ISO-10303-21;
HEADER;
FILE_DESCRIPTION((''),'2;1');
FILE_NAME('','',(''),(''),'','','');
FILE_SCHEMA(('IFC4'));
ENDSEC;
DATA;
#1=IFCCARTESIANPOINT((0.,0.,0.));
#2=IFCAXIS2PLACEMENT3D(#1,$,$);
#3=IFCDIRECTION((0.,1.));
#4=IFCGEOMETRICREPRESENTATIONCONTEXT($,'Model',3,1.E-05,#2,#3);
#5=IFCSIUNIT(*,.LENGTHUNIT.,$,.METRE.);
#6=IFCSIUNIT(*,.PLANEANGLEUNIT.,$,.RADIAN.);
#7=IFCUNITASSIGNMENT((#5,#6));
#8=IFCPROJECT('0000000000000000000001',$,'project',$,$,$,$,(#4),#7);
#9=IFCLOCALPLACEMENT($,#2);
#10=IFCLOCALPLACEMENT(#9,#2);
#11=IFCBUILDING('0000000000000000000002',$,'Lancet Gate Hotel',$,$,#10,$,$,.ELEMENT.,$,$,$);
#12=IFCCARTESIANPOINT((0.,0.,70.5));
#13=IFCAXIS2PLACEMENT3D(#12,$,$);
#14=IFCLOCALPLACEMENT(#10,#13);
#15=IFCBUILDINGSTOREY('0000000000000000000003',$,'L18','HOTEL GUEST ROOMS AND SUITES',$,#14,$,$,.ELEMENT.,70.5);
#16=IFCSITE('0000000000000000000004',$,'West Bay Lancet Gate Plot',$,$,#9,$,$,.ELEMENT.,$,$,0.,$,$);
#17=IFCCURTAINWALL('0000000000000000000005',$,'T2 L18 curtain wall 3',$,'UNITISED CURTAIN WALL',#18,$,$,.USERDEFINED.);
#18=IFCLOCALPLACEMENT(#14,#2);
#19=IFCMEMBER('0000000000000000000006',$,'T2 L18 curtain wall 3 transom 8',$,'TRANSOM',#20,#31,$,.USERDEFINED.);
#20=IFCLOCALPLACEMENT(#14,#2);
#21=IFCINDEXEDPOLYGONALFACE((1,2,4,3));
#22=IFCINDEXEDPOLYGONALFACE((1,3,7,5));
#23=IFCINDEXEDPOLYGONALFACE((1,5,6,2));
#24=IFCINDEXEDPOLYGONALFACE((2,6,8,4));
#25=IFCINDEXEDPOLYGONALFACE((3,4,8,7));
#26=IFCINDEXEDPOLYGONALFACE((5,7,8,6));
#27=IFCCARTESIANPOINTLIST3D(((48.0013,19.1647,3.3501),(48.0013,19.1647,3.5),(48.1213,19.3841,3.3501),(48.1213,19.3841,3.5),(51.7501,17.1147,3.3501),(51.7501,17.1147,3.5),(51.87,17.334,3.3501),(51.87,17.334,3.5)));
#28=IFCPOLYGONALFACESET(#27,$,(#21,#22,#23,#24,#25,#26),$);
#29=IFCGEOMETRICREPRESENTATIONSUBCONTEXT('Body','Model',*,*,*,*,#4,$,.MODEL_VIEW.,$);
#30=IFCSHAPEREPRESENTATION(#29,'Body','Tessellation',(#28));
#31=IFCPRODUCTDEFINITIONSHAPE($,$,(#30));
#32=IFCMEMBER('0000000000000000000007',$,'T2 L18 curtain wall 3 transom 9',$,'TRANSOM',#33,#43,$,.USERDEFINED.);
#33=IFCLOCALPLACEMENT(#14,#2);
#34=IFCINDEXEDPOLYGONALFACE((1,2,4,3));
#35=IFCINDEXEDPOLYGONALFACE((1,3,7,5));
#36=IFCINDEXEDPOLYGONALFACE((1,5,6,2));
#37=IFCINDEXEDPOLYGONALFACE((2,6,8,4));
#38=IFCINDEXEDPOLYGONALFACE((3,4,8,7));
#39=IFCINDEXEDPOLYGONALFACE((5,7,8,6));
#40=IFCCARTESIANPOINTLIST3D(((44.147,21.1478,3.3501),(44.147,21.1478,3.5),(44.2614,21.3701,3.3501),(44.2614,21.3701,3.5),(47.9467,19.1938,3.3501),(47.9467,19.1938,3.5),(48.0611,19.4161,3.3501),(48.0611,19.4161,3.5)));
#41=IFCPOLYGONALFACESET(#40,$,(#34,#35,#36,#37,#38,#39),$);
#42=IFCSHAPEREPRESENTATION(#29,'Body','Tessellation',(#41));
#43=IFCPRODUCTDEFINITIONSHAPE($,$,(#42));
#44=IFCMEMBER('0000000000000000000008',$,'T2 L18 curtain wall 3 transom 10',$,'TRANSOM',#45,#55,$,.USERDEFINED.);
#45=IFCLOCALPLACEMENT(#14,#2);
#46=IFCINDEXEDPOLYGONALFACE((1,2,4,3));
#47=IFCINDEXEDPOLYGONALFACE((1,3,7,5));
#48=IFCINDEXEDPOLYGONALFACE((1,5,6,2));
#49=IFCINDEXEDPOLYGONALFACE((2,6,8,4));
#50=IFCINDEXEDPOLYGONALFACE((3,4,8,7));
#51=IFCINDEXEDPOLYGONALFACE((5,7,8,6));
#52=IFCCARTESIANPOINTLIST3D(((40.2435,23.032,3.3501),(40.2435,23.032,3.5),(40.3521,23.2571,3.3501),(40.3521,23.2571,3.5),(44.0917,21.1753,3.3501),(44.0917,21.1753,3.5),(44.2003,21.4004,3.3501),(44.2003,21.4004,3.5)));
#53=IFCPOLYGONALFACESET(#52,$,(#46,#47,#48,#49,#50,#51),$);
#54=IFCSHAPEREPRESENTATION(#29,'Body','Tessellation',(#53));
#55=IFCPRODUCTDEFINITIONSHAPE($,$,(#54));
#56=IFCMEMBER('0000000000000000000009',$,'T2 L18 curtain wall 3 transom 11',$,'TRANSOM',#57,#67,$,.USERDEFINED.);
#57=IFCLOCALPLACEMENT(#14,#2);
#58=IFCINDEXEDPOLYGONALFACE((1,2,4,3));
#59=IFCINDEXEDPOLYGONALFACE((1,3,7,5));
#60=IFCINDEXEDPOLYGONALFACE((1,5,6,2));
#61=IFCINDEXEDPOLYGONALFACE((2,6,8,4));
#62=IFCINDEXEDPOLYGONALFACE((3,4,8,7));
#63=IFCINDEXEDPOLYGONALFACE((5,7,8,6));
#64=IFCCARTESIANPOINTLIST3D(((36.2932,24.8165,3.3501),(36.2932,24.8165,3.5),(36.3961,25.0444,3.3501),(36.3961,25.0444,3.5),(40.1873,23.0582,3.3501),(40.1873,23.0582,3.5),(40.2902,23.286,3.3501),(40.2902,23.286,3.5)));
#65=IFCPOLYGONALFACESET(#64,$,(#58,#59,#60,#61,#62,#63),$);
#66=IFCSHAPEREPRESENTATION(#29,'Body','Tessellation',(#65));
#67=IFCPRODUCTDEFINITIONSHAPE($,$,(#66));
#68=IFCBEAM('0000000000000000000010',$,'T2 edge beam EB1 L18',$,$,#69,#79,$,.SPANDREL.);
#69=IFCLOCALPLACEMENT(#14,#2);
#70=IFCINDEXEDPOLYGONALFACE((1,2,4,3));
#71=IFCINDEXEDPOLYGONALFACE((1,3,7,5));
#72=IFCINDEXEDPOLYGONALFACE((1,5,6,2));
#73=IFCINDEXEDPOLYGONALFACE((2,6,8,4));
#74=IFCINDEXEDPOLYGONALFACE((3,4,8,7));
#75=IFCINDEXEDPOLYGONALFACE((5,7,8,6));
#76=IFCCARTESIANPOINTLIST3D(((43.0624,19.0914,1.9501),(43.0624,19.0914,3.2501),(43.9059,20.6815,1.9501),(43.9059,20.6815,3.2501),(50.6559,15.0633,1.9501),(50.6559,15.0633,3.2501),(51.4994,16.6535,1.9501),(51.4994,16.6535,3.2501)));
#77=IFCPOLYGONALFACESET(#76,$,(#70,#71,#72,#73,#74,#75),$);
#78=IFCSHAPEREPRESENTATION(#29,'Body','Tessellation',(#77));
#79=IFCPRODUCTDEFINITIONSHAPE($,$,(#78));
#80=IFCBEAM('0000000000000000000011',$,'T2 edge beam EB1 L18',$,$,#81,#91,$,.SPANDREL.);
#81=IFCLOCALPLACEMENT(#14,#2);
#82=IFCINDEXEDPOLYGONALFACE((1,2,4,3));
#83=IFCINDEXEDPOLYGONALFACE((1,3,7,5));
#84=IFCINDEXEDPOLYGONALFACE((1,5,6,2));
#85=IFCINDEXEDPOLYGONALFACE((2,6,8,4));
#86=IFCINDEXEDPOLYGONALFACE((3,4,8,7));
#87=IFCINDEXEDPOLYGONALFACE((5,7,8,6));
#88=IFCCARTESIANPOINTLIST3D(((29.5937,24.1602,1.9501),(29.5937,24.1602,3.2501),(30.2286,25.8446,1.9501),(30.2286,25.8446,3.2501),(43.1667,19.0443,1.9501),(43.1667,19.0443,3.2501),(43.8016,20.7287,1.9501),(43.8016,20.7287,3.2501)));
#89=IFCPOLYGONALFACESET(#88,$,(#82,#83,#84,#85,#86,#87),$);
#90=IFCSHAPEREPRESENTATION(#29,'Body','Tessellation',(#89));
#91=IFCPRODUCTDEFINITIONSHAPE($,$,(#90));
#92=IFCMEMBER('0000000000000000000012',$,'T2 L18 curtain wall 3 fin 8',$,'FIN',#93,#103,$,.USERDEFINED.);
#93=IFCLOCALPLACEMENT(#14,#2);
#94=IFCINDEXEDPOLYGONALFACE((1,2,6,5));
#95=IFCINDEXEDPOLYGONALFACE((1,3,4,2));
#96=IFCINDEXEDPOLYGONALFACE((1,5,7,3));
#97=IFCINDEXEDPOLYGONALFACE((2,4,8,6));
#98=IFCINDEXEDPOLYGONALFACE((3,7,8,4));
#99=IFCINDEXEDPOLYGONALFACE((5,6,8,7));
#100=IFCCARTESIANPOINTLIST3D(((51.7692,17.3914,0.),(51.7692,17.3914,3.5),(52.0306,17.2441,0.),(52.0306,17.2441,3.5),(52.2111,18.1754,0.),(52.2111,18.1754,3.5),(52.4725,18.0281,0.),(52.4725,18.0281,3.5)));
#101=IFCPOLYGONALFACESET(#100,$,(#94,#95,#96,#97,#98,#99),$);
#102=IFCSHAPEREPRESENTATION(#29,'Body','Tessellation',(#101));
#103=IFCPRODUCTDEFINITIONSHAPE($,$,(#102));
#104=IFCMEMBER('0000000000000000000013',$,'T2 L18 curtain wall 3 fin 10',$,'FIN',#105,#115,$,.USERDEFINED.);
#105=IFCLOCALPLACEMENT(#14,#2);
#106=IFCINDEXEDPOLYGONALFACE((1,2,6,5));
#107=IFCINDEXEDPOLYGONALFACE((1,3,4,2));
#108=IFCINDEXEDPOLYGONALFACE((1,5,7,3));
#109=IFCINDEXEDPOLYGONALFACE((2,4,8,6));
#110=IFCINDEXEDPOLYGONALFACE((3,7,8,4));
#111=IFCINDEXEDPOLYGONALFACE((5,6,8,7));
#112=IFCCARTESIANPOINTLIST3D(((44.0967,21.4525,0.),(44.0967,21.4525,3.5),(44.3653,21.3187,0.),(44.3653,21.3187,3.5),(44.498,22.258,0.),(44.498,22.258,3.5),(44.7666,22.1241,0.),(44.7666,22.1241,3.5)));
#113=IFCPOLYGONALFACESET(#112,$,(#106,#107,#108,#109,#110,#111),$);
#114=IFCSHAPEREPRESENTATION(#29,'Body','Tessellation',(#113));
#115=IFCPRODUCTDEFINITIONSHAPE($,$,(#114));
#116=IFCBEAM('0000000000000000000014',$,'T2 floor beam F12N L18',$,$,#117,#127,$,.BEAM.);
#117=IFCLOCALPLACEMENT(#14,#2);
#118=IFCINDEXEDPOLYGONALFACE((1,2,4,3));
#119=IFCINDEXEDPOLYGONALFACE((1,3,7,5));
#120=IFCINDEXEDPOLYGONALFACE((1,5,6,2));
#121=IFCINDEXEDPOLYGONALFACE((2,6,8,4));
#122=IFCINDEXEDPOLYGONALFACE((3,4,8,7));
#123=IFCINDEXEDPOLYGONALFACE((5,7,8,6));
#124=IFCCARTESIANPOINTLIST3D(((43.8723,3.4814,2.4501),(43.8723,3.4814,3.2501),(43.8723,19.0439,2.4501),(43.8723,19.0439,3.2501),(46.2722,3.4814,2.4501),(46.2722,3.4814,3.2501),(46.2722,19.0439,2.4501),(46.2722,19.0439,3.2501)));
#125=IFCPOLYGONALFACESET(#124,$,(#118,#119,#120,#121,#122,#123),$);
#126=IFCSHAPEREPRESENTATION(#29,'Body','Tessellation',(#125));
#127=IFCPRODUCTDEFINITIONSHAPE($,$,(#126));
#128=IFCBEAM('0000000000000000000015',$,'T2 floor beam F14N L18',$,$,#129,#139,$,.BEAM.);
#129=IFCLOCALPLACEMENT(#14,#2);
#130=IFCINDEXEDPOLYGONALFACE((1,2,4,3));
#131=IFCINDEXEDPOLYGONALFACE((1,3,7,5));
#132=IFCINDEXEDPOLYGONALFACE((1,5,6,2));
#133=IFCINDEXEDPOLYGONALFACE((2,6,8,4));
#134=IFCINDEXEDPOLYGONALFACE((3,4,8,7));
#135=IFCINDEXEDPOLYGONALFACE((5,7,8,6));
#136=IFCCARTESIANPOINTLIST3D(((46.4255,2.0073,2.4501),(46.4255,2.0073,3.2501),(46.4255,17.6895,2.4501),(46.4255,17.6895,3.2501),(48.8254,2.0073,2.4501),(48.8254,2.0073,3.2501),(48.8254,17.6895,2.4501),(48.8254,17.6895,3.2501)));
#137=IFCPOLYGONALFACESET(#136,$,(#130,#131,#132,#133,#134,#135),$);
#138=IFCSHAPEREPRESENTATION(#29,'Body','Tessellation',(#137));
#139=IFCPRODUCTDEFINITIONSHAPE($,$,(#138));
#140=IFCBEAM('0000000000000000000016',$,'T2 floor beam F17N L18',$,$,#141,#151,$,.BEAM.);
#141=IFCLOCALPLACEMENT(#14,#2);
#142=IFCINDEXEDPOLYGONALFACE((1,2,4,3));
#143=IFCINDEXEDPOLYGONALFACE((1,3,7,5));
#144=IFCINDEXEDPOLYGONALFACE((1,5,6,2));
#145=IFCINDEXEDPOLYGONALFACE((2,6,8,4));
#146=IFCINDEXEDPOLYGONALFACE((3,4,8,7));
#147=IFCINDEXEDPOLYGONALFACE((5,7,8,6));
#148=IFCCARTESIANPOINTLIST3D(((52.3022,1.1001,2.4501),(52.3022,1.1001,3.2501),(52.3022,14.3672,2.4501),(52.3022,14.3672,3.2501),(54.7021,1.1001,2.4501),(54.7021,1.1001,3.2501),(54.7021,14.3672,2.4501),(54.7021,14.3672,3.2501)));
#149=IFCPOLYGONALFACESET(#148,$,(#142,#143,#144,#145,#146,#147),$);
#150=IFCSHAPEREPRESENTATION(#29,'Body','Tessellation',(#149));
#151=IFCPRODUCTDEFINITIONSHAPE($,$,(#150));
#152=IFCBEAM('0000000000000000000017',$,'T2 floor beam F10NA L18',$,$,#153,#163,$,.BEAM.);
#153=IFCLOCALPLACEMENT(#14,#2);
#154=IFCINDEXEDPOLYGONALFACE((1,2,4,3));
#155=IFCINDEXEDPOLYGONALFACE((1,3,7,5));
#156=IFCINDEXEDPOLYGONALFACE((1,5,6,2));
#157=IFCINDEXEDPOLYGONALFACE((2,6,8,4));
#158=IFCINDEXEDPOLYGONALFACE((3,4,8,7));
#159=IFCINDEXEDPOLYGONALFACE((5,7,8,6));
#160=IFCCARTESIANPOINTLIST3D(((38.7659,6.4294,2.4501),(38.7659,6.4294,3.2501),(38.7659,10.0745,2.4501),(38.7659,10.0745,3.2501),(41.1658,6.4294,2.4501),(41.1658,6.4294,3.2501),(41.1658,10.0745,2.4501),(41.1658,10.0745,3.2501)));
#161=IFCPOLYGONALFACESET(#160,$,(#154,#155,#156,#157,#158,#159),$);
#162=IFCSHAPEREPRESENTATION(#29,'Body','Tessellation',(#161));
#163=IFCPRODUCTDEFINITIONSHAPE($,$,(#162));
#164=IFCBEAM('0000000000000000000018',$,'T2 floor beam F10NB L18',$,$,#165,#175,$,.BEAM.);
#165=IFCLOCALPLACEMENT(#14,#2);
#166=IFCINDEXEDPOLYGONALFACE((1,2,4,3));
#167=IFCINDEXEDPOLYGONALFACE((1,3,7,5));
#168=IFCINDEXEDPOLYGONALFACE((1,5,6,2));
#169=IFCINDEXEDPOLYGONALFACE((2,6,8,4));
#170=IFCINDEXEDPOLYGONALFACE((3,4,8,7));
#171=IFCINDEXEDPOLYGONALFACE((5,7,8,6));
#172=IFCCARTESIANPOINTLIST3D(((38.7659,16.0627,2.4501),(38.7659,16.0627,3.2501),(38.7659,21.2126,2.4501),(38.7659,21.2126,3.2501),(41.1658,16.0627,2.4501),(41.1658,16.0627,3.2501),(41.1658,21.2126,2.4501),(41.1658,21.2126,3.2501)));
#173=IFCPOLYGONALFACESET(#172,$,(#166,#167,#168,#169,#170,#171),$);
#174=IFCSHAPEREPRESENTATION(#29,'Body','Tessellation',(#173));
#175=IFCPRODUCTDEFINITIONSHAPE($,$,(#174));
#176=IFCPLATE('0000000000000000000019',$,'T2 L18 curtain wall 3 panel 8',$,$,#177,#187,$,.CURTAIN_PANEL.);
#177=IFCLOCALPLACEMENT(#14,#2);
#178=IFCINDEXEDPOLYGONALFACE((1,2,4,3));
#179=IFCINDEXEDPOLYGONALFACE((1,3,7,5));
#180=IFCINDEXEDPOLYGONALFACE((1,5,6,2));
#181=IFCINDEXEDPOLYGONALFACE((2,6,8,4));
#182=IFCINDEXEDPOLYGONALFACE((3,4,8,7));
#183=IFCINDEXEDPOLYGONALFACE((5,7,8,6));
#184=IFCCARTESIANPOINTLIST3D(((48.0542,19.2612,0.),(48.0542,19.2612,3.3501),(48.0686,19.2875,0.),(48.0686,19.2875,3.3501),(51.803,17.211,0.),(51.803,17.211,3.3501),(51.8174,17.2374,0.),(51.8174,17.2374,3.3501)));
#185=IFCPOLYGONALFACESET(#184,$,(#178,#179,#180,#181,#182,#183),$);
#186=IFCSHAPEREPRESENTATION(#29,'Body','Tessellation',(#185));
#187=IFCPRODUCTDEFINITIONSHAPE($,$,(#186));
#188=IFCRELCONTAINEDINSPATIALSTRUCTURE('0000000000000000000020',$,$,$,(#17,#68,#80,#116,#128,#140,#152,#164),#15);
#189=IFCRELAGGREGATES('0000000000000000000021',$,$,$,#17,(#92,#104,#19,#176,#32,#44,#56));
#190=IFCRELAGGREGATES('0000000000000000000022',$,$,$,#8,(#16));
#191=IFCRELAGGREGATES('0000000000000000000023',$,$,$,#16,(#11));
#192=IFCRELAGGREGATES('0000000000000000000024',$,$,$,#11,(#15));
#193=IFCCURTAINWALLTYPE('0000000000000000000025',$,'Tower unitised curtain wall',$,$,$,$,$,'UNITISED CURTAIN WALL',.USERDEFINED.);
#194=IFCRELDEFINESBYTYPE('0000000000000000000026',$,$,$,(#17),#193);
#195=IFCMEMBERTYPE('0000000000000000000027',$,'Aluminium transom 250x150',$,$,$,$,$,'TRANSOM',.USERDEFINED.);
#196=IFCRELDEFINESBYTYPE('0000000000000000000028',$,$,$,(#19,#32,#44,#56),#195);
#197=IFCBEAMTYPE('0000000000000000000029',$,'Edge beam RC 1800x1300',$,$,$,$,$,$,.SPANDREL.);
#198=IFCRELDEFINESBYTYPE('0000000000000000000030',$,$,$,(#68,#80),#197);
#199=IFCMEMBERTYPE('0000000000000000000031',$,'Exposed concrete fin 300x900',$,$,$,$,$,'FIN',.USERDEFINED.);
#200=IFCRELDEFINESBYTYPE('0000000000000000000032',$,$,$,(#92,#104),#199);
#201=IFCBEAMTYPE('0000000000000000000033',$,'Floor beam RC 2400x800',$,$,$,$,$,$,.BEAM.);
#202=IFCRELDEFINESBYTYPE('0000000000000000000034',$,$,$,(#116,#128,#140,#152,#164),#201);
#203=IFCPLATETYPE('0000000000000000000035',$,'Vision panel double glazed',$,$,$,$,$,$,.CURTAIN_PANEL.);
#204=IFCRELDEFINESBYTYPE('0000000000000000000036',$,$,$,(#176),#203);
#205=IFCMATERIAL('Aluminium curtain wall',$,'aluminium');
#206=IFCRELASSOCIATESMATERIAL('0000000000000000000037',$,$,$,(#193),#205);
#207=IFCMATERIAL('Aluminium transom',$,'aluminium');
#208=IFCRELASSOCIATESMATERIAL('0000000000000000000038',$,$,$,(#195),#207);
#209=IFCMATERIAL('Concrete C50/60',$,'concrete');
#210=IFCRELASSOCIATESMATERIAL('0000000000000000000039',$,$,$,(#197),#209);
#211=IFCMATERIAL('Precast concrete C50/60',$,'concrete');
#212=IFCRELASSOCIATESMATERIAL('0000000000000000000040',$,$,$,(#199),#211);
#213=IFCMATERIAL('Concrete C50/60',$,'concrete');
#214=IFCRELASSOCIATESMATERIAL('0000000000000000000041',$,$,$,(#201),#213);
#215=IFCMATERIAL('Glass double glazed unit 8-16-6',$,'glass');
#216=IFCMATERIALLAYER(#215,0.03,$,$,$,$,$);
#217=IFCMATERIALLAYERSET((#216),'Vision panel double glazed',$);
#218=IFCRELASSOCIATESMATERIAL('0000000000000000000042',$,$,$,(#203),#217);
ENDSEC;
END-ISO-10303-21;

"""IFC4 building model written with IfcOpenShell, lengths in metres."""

from ifc_helpers import new_model, si_unit, direction, frame, origin, origin_2d, place, context, subcontext, project, spatial, rectangle, extrude, material, layer, layer_set, material_profile, profile_set, type_object, element, aggregate, save


model = new_model("IFC4")

# Units and contexts
model_context = context("Model", 3, precision=1e-05, world=origin(), true_north=direction((0.0, 1.0)))
body_context = subcontext(model_context, "Body", "Model", "MODEL_VIEW")
ifc_project = project(units=[si_unit("LENGTHUNIT", "METRE"), si_unit("PLANEANGLEUNIT", "RADIAN")], contexts=[model_context])

# Site, building, storey
site_placement = place(None, origin())
site = spatial("IfcSite", under=ifc_project, at=site_placement, Name="West Bay Lancet Gate Plot", CompositionType="ELEMENT", RefElevation=0.0)
building_placement = place(site_placement, origin())
building = spatial("IfcBuilding", under=site, at=building_placement, Name="Lancet Gate Hotel", CompositionType="ELEMENT")
storey_placement = place(building_placement, frame((0.0, 0.0, 70.5)))
storey = spatial("IfcBuildingStorey", under=building, at=storey_placement, Name="L18", Description="HOTEL GUEST ROOMS AND SUITES", CompositionType="ELEMENT", Elevation=70.5)

# Curtain wall, members
ifc_material_1 = material(Name="Aluminium curtain wall", Category="aluminium")
curtain_wall_type = type_object("IfcCurtainWallType", Name="Tower unitised curtain wall", ElementType="UNITISED CURTAIN WALL", PredefinedType="USERDEFINED", material=ifc_material_1)
curtain_wall_placement = place(storey_placement, origin())
curtain_wall = element("IfcCurtainWall", 1, at=curtain_wall_placement, inside=storey, type_object=curtain_wall_type, Name="T2 L18 curtain wall 3", ObjectType="UNITISED CURTAIN WALL", PredefinedType="USERDEFINED")
ifc_material_2 = material(Name="Aluminium transom", Category="aluminium")
ifc_material_profile_1 = material_profile(ifc_material_2, rectangle(XDim=0.25, YDim=0.1499, at=origin_2d()), Name="TRANSOM 250x150")
ifc_profile_set_1 = profile_set([ifc_material_profile_1], Name="Aluminium transom")
member_type_1 = type_object("IfcMemberType", Name="Aluminium transom 250x150", ElementType="TRANSOM", PredefinedType="USERDEFINED", material=ifc_profile_set_1)
member_1_placement = place(storey_placement, frame((51.8101, 17.2244, 3.425), z_axis=(-0.877378, 0.479801, 0.0), x_axis=(-0.479801, -0.877378, 0.0)))
member_1 = element("IfcMember", 2, at=member_1_placement, type_object=member_type_1, Name="T2 L18 curtain wall 3 transom 8", ObjectType="TRANSOM", PredefinedType="USERDEFINED", context=body_context, shape_type="SweptSolid", body=[
    extrude(rectangle(XDim=0.25, YDim=0.1499, at=origin_2d()), origin(), (0.0, 0.0, 1.0), 4.2727),
])
member_2_placement = place(storey_placement, frame((48.0039, 19.3049, 3.425), z_axis=(-0.889296, 0.457333, 0.0), x_axis=(-0.457333, -0.889296, 0.0)))
member_2 = element("IfcMember", 3, at=member_2_placement, type_object=member_type_1, Name="T2 L18 curtain wall 3 transom 9", ObjectType="TRANSOM", PredefinedType="USERDEFINED", context=body_context, shape_type="SweptSolid", body=[
    extrude(rectangle(XDim=0.25, YDim=0.1499, at=origin_2d()), origin(), (0.0, 0.0, 1.0), 4.2727),
])
member_3_placement = place(storey_placement, frame((44.146, 21.2878, 3.425), z_axis=(-0.900646, 0.434553, 0.0), x_axis=(-0.434553, -0.900646, 0.0)))
member_3 = element("IfcMember", 4, at=member_3_placement, type_object=member_type_1, Name="T2 L18 curtain wall 3 transom 10", ObjectType="TRANSOM", PredefinedType="USERDEFINED", context=body_context, shape_type="SweptSolid", body=[
    extrude(rectangle(XDim=0.25, YDim=0.1499, at=origin_2d()), origin(), (0.0, 0.0, 1.0), 4.2727),
])
member_4_placement = place(storey_placement, frame((40.2388, 23.1721, 3.425), z_axis=(-0.911397, 0.411529, 0.0), x_axis=(-0.411529, -0.911397, 0.0)))
member_4 = element("IfcMember", 5, at=member_4_placement, type_object=member_type_1, Name="T2 L18 curtain wall 3 transom 11", ObjectType="TRANSOM", PredefinedType="USERDEFINED", context=body_context, shape_type="SweptSolid", body=[
    extrude(rectangle(XDim=0.25, YDim=0.1499, at=origin_2d()), origin(), (0.0, 0.0, 1.0), 4.2727),
])

# Beams
ifc_material_3 = material(Name="Concrete C50/60", Category="concrete")
ifc_material_profile_2 = material_profile(ifc_material_3, rectangle(XDim=1.8, YDim=1.3, at=origin_2d()), Name="RC 1800x1300")
ifc_profile_set_2 = profile_set([ifc_material_profile_2], Name="Concrete C50/60")
beam_type_1 = type_object("IfcBeamType", Name="Edge beam RC 1800x1300", PredefinedType="SPANDREL", material=ifc_profile_set_2)
beam_1_placement = place(storey_placement, frame((51.0776, 15.8584, 2.6001), z_axis=(-0.883403, 0.468613, 0.0), x_axis=(-0.468613, -0.883403, 0.0)))
element("IfcBeam", 6, at=beam_1_placement, inside=storey, type_object=beam_type_1, Name="T2 edge beam EB1 L18", PredefinedType="SPANDREL", context=body_context, shape_type="SweptSolid", body=[
    extrude(rectangle(XDim=1.8, YDim=1.3, at=origin_2d()), origin(), (0.0, 0.0, 1.0), 8.5957),
])
beam_2_placement = place(storey_placement, frame((43.4841, 19.8865, 2.6001), z_axis=(-0.935736, 0.3527, 0.0), x_axis=(-0.3527, -0.935736, 0.0)))
element("IfcBeam", 7, at=beam_2_placement, inside=storey, type_object=beam_type_1, Name="T2 edge beam EB1 L18", PredefinedType="SPANDREL", context=body_context, shape_type="SweptSolid", body=[
    extrude(rectangle(XDim=1.8, YDim=1.3, at=origin_2d()), origin(), (0.0, 0.0, 1.0), 14.5051),
])

# Members
ifc_material_4 = material(Name="Precast concrete C50/60", Category="concrete")
ifc_material_profile_3 = material_profile(ifc_material_4, rectangle(XDim=0.3, YDim=0.8999, at=origin_2d()), Name="FIN 300x900")
ifc_profile_set_3 = profile_set([ifc_material_profile_3], Name="Precast concrete C50/60")
member_type_2 = type_object("IfcMemberType", Name="Exposed concrete fin 300x900", ElementType="FIN", PredefinedType="USERDEFINED", material=ifc_profile_set_3)
member_5_placement = place(storey_placement, frame((52.1208, 17.7097, 0.0), z_axis=(0.0, 0.0, 1.0), x_axis=(-0.87119, 0.490945, 0.0)))
member_5 = element("IfcMember", 8, at=member_5_placement, type_object=member_type_2, Name="T2 L18 curtain wall 3 fin 8", ObjectType="FIN", PredefinedType="USERDEFINED", context=body_context, shape_type="SweptSolid", body=[
    extrude(rectangle(XDim=0.3, YDim=0.8999, at=origin_2d()), origin(), (0.0, 0.0, 1.0), 3.5),
])
member_6_placement = place(storey_placement, frame((44.4316, 21.7883, 0.0), z_axis=(0.0, 0.0, 1.0), x_axis=(-0.895044, 0.445978, 0.0)))
member_6 = element("IfcMember", 9, at=member_6_placement, type_object=member_type_2, Name="T2 L18 curtain wall 3 fin 10", ObjectType="FIN", PredefinedType="USERDEFINED", context=body_context, shape_type="SweptSolid", body=[
    extrude(rectangle(XDim=0.3, YDim=0.8999, at=origin_2d()), origin(), (0.0, 0.0, 1.0), 3.5),
])

# Beams
ifc_material_5 = material(Name="Concrete C50/60", Category="concrete")
ifc_material_profile_4 = material_profile(ifc_material_5, rectangle(XDim=2.3999, YDim=0.8, at=origin_2d()), Name="RC 2400x800")
ifc_profile_set_4 = profile_set([ifc_material_profile_4], Name="Concrete C50/60")
beam_type_2 = type_object("IfcBeamType", Name="Floor beam RC 2400x800", PredefinedType="BEAM", material=ifc_profile_set_4)
beam_3_placement = place(storey_placement, frame((45.0723, 3.4814, 2.8501), z_axis=(0.0, 1.0, 0.0), x_axis=(-1.0, 0.0, 0.0)))
element("IfcBeam", 10, at=beam_3_placement, inside=storey, type_object=beam_type_2, Name="T2 floor beam F12N L18", PredefinedType="BEAM", context=body_context, shape_type="SweptSolid", body=[
    extrude(rectangle(XDim=2.3999, YDim=0.8, at=origin_2d()), origin(), (0.0, 0.0, 1.0), 15.5625),
])
beam_4_placement = place(storey_placement, frame((47.6255, 2.0073, 2.8501), z_axis=(0.0, 1.0, 0.0), x_axis=(-1.0, 0.0, 0.0)))
element("IfcBeam", 11, at=beam_4_placement, inside=storey, type_object=beam_type_2, Name="T2 floor beam F14N L18", PredefinedType="BEAM", context=body_context, shape_type="SweptSolid", body=[
    extrude(rectangle(XDim=2.3999, YDim=0.8, at=origin_2d()), origin(), (0.0, 0.0, 1.0), 15.6821),
])
beam_5_placement = place(storey_placement, frame((53.5022, 1.1001, 2.8501), z_axis=(0.0, 1.0, 0.0), x_axis=(-1.0, 0.0, 0.0)))
element("IfcBeam", 12, at=beam_5_placement, inside=storey, type_object=beam_type_2, Name="T2 floor beam F17N L18", PredefinedType="BEAM", context=body_context, shape_type="SweptSolid", body=[
    extrude(rectangle(XDim=2.3999, YDim=0.8, at=origin_2d()), origin(), (0.0, 0.0, 1.0), 13.2671),
])
beam_6_placement = place(storey_placement, frame((39.9658, 6.4294, 2.8501), z_axis=(0.0, 1.0, 0.0), x_axis=(-1.0, 0.0, 0.0)))
element("IfcBeam", 13, at=beam_6_placement, inside=storey, type_object=beam_type_2, Name="T2 floor beam F10NA L18", PredefinedType="BEAM", context=body_context, shape_type="SweptSolid", body=[
    extrude(rectangle(XDim=2.3999, YDim=0.8, at=origin_2d()), origin(), (0.0, 0.0, 1.0), 3.645),
])
beam_7_placement = place(storey_placement, frame((39.9658, 16.0627, 2.8501), z_axis=(0.0, 1.0, 0.0), x_axis=(-1.0, 0.0, 0.0)))
element("IfcBeam", 14, at=beam_7_placement, inside=storey, type_object=beam_type_2, Name="T2 floor beam F10NB L18", PredefinedType="BEAM", context=body_context, shape_type="SweptSolid", body=[
    extrude(rectangle(XDim=2.3999, YDim=0.8, at=origin_2d()), origin(), (0.0, 0.0, 1.0), 5.1499),
])

# Plate
ifc_material_6 = material(Name="Glass double glazed unit 8-16-6", Category="glass")
ifc_layer_1 = layer(ifc_material_6, 0.03)
ifc_layer_set_1 = layer_set([ifc_layer_1], Name="Vision panel double glazed")
plate_type = type_object("IfcPlateType", Name="Vision panel double glazed", PredefinedType="CURTAIN_PANEL", material=ifc_layer_set_1)
plate_1_placement = place(storey_placement, frame((49.9358, 18.2493, 0.0), z_axis=(0.0, 0.0, 1.0), x_axis=(-0.877368, 0.479818, 0.0)))
plate_1 = element("IfcPlate", 15, at=plate_1_placement, type_object=plate_type, Name="T2 L18 curtain wall 3 panel 8", PredefinedType="CURTAIN_PANEL", context=body_context, shape_type="SweptSolid", body=[
    extrude(rectangle(XDim=4.2727, YDim=0.03, at=origin_2d()), origin(), (0.0, 0.0, 1.0), 3.3501),
])
aggregate(curtain_wall, [member_5, member_6, member_1, plate_1, member_2, member_3, member_4])

save(model, "model.ifc")
